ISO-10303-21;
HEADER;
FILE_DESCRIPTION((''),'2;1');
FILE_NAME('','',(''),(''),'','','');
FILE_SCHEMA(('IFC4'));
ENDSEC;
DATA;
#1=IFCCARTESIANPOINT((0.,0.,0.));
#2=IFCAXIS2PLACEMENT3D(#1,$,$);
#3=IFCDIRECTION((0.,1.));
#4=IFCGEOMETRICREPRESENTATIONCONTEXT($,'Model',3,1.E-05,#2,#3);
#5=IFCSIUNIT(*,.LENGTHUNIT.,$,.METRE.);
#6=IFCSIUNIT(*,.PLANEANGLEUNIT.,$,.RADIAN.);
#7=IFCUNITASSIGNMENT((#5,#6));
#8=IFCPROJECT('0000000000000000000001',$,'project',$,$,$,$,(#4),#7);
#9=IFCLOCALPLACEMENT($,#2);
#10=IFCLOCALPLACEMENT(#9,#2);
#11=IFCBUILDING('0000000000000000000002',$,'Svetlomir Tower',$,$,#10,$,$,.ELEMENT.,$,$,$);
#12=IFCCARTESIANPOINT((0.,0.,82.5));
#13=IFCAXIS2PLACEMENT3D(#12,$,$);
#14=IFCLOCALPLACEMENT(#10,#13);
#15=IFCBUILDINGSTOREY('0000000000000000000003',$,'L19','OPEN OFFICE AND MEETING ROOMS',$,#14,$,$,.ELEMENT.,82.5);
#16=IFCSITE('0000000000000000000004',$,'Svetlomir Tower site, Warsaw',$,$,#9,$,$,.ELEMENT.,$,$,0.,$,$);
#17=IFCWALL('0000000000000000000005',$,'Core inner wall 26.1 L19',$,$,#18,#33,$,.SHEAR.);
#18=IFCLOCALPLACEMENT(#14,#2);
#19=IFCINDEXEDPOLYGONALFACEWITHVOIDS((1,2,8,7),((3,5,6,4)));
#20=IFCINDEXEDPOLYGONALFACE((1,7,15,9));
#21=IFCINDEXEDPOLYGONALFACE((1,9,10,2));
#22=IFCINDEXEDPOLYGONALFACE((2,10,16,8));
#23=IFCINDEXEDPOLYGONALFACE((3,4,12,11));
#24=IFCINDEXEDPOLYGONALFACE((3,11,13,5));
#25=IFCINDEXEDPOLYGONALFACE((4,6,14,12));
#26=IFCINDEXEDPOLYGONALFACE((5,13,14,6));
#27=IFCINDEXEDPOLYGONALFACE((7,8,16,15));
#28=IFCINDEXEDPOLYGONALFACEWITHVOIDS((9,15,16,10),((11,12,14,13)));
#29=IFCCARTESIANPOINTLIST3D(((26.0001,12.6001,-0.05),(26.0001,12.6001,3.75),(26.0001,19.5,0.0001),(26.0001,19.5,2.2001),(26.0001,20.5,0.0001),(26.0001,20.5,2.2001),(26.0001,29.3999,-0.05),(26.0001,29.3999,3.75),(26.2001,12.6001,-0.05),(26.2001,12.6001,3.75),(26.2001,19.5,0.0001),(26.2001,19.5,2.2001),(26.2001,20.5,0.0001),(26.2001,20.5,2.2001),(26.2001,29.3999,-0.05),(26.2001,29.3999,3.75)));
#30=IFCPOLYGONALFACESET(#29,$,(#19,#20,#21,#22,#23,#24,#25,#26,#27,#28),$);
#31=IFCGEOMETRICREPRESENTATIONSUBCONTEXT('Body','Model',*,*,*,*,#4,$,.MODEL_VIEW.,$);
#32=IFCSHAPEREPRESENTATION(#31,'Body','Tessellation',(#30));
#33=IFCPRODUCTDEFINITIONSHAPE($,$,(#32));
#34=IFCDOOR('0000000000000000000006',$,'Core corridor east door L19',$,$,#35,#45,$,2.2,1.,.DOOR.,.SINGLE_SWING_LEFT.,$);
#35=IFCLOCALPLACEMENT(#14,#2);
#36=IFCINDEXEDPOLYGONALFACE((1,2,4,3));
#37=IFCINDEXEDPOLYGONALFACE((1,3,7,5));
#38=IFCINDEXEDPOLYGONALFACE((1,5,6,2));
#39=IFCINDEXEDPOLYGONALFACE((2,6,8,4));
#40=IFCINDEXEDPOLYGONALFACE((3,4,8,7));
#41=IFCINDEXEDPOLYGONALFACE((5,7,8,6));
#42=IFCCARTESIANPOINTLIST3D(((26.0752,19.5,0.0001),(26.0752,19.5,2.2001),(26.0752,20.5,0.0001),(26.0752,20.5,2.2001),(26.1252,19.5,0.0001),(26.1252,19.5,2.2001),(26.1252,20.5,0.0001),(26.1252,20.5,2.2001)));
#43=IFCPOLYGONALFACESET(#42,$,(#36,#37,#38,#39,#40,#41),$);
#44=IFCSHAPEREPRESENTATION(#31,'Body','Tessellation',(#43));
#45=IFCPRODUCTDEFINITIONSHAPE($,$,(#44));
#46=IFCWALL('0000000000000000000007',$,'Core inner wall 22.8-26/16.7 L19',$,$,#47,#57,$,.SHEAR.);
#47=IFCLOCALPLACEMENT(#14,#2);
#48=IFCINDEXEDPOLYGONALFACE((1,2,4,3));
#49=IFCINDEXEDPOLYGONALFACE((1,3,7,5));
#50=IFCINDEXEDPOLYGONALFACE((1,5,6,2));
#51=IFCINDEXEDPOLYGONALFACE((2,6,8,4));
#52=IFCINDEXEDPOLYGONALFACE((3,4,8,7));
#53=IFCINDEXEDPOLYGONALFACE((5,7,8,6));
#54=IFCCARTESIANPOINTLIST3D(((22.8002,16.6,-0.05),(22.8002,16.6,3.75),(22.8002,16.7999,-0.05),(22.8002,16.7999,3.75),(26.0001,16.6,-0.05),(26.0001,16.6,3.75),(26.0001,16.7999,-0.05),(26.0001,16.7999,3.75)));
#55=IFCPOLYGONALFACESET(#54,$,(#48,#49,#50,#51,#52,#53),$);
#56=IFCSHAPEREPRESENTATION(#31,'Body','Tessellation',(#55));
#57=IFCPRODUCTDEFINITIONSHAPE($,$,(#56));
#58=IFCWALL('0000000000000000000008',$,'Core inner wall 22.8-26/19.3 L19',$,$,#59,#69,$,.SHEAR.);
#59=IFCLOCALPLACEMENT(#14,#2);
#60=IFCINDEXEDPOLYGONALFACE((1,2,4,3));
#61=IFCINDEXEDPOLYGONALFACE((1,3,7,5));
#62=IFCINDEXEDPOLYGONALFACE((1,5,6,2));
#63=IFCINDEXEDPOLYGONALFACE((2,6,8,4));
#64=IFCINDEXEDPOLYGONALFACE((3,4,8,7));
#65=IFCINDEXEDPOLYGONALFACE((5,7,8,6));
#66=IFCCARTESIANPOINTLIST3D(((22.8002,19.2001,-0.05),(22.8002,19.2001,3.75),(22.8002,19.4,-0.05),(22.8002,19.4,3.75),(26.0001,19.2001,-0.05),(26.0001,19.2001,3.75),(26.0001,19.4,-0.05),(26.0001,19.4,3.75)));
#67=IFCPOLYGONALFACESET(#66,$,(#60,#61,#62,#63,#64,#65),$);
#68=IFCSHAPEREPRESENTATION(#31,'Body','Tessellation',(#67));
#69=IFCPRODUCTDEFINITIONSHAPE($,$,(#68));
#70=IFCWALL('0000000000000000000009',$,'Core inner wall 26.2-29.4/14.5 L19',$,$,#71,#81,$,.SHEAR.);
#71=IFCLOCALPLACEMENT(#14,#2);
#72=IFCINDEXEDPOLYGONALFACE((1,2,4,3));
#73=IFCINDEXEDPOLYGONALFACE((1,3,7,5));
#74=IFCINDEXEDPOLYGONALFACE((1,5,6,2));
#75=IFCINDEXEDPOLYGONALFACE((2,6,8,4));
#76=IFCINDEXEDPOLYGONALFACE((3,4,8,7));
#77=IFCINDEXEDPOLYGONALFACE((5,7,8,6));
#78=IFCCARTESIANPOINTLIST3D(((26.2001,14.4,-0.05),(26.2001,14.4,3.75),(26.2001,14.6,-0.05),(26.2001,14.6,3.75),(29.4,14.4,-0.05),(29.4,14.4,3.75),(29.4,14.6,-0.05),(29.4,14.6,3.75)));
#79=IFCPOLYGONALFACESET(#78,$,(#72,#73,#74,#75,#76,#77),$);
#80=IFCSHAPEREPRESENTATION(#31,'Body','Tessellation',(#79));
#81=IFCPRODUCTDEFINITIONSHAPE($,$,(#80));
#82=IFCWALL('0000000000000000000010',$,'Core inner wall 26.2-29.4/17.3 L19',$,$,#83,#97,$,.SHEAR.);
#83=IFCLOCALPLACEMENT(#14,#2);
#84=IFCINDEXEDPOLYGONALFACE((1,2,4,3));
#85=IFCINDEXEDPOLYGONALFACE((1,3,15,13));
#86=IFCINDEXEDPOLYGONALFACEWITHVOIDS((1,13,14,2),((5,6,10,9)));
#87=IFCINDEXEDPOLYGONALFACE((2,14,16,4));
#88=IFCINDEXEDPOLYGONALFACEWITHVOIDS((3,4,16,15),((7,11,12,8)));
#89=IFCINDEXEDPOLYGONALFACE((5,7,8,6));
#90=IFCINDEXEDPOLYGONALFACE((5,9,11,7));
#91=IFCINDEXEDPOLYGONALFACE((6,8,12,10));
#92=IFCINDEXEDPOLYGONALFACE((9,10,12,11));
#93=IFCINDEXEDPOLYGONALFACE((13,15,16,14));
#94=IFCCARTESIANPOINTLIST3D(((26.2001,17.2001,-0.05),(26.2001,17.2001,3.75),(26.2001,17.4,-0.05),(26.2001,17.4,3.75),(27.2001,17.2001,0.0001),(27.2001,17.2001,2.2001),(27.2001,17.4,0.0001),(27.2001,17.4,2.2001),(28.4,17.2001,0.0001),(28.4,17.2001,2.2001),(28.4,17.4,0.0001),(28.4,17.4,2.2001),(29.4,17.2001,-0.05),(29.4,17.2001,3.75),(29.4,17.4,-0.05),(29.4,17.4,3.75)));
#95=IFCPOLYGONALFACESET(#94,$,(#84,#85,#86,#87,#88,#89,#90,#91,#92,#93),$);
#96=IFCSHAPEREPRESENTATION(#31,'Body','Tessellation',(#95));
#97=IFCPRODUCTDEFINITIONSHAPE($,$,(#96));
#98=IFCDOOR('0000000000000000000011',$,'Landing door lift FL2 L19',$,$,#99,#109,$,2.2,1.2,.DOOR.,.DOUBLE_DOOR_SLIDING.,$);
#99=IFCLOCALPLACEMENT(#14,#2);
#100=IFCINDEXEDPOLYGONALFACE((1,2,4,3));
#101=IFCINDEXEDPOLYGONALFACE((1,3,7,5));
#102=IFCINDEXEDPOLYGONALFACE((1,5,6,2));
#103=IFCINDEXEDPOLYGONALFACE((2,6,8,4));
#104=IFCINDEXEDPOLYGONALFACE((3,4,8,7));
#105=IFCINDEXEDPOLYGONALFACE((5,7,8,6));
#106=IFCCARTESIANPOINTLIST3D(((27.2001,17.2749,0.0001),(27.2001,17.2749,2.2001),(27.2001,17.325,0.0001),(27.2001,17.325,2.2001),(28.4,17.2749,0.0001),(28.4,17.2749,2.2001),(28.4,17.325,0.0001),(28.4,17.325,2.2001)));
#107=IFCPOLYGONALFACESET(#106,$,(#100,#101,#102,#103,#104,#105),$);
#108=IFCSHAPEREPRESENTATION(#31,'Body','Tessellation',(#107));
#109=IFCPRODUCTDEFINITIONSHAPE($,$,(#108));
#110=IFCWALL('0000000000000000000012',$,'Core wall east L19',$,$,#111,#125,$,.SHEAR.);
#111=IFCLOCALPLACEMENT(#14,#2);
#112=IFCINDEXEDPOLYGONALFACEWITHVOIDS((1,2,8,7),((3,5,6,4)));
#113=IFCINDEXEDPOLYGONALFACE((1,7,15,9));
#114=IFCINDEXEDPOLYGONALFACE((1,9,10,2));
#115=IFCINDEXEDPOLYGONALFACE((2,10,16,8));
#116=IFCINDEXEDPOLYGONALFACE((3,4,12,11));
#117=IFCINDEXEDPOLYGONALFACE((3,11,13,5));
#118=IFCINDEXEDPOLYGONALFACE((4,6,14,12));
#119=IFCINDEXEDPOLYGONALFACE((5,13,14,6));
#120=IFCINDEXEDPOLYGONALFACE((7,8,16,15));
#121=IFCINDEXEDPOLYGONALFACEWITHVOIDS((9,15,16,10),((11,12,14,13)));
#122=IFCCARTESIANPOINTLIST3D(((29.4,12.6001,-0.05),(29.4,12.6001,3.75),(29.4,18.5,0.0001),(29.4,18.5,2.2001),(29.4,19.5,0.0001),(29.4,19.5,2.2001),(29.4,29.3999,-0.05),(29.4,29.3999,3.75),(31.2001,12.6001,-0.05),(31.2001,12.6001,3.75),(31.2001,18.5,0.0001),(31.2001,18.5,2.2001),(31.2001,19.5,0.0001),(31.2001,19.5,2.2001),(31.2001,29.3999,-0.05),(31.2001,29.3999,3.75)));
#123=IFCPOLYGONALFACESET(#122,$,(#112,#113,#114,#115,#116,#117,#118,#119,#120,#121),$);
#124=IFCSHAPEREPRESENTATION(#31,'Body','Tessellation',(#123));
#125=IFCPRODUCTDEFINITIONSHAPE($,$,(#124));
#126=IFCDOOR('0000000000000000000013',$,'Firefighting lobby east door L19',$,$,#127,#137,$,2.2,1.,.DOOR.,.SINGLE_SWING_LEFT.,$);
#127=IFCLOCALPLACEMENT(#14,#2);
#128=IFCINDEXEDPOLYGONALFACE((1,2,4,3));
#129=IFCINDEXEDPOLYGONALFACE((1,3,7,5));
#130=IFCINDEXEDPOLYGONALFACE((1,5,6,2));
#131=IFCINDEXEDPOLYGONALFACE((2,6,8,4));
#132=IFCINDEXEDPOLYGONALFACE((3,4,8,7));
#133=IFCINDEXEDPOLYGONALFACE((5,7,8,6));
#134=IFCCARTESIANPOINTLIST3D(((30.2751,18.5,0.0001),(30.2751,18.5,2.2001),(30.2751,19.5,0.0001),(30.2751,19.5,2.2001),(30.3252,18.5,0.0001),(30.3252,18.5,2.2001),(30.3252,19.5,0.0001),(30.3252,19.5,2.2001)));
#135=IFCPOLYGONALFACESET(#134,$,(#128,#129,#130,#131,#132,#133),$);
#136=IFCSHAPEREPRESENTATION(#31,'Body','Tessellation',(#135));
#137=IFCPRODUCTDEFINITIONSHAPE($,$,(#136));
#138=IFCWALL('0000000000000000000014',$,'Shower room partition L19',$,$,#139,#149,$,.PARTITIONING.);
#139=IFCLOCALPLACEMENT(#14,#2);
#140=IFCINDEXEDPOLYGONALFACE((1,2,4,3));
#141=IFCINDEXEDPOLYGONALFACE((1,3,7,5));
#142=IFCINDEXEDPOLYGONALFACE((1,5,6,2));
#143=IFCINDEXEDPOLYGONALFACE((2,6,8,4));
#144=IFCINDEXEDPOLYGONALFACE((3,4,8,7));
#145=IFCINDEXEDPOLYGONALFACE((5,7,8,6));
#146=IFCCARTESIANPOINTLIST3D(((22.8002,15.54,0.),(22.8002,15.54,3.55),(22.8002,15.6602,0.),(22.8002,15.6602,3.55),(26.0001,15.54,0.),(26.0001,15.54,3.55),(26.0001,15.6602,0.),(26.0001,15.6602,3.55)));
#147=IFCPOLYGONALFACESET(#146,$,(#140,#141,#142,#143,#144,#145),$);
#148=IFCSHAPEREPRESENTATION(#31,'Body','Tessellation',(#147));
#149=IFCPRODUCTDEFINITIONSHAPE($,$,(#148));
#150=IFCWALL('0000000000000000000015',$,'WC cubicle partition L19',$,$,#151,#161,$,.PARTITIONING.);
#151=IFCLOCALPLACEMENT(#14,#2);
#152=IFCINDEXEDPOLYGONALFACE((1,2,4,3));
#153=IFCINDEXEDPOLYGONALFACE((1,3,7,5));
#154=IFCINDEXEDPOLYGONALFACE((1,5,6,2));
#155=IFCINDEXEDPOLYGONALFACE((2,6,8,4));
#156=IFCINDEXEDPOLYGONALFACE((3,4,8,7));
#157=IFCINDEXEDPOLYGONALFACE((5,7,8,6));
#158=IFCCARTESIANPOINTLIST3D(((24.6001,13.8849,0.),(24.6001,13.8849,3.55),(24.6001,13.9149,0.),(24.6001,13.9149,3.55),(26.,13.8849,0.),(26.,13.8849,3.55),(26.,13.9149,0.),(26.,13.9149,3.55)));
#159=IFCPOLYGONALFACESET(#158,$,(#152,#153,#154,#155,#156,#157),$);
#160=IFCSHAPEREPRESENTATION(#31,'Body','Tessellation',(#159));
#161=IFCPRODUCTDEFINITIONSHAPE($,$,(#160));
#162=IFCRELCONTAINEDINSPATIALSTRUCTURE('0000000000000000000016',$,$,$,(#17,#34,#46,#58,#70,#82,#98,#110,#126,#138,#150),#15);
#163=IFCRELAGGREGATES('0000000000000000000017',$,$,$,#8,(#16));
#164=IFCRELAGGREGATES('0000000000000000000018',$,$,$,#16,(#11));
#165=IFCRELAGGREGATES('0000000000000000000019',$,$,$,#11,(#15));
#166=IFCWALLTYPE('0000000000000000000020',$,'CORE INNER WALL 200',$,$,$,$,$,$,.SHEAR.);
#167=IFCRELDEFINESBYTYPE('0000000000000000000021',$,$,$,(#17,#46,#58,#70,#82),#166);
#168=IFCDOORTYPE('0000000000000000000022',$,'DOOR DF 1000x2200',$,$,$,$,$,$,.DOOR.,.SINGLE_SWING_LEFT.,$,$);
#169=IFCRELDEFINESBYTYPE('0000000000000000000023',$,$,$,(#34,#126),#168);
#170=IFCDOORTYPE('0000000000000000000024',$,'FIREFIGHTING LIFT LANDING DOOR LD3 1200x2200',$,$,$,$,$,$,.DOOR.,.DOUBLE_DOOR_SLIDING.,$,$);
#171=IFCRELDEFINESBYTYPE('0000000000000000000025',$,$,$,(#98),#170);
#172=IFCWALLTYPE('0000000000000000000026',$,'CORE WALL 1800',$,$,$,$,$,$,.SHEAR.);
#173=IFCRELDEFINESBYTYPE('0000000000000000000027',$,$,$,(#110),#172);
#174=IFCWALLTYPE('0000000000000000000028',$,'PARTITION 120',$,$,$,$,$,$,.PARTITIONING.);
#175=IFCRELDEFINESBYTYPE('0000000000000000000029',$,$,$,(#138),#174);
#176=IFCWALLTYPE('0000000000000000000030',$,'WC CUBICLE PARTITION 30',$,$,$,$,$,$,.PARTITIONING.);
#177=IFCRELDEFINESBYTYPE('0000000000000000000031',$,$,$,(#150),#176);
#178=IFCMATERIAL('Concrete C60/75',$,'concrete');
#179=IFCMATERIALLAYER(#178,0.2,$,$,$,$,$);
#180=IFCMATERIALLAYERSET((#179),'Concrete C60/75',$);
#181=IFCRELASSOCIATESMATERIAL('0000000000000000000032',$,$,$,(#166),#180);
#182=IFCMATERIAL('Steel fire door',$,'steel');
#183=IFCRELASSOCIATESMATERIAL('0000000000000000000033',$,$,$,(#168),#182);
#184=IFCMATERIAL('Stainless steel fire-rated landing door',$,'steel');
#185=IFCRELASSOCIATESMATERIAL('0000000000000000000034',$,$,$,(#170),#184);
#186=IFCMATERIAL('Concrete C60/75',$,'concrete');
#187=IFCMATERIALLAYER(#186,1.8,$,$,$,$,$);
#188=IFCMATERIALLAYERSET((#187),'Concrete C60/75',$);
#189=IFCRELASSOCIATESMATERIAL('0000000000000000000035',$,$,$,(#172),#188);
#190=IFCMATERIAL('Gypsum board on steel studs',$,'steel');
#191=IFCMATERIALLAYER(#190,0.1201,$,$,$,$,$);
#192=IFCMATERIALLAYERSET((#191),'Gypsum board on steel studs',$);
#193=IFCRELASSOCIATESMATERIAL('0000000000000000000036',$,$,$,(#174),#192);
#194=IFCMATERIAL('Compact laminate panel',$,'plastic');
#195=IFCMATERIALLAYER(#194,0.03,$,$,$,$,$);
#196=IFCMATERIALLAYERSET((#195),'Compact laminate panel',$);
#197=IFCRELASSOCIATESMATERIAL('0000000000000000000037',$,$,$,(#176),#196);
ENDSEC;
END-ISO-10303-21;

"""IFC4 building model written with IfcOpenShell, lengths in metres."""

from ifc_helpers import new_model, si_unit, direction, frame, frame_2d, origin, place, context, subcontext, project, spatial, rectangle, extrude, material, layer, layer_set, type_object, element, fill, save


model = new_model("IFC4")

# Units and contexts
model_context = context("Model", 3, precision=1e-05, world=origin(), true_north=direction((0.0, 1.0)))
body_context = subcontext(model_context, "Body", "Model", "MODEL_VIEW")
ifc_project = project(units=[si_unit("LENGTHUNIT", "METRE"), si_unit("PLANEANGLEUNIT", "RADIAN")], contexts=[model_context])

# Site, building, storey
site_placement = place(None, origin())
site = spatial("IfcSite", under=ifc_project, at=site_placement, Name="Svetlomir Tower site, Warsaw", CompositionType="ELEMENT", RefElevation=0.0)
building_placement = place(site_placement, origin())
building = spatial("IfcBuilding", under=site, at=building_placement, Name="Svetlomir Tower", CompositionType="ELEMENT")
storey_placement = place(building_placement, frame((0.0, 0.0, 82.5)))
storey = spatial("IfcBuildingStorey", under=building, at=storey_placement, Name="L19", Description="OPEN OFFICE AND MEETING ROOMS", CompositionType="ELEMENT", Elevation=82.5)

# Wall, opening, door
ifc_material_1 = material(Name="Concrete C60/75", Category="concrete")
ifc_layer_1 = layer(ifc_material_1, 0.2)
ifc_layer_set_1 = layer_set([ifc_layer_1], Name="Concrete C60/75")
wall_type_1 = type_object("IfcWallType", Name="CORE INNER WALL 200", PredefinedType="SHEAR", material=ifc_layer_set_1)
wall_1_placement = place(storey_placement, frame((26.1001, 12.6001, -0.05), z_axis=(0.0, 0.0, 1.0), x_axis=(0.0, 1.0, 0.0)))
wall_1 = element("IfcWall", 1, at=wall_1_placement, inside=storey, type_object=wall_type_1, Name="Core inner wall 26.1 L19", PredefinedType="SHEAR", context=body_context, shape_type="SweptSolid", body=[
    extrude(rectangle(XDim=16.7998, YDim=0.2, at=frame_2d((8.3999, 0.0))), origin(), (0.0, 0.0, 1.0), 3.8),
])
opening_1_placement = place(wall_1_placement, frame((6.8999, 0.0, 0.05)))
opening_1 = element("IfcOpeningElement", 2, at=opening_1_placement, cuts=wall_1, PredefinedType="OPENING", context=body_context, shape_type="SweptSolid", body=[
    extrude(rectangle(XDim=1.0, YDim=2.2, at=frame_2d((0.5, 1.1001))), frame((0.0, 0.1099, 0.0), z_axis=(0.0, -1.0, 0.0), x_axis=(1.0, 0.0, 0.0)), (0.0, 0.0, 1.0), 0.22),
])
ifc_material_2 = material(Name="Steel fire door", Category="steel")
door_type_1 = type_object("IfcDoorType", Name="DOOR DF 1000x2200", OperationType="SINGLE_SWING_LEFT", PredefinedType="DOOR", material=ifc_material_2)
door_1_placement = place(opening_1_placement, origin())
door_1 = element("IfcDoor", 3, at=door_1_placement, inside=storey, type_object=door_type_1, Name="Core corridor east door L19", OperationType="SINGLE_SWING_LEFT", OverallHeight=2.2, OverallWidth=1.0, PredefinedType="DOOR", context=body_context, shape_type="SweptSolid", body=[
    extrude(rectangle(XDim=1.0, YDim=2.2, at=frame_2d((0.5, 1.1001))), frame((0.0, 0.0249, 0.0), z_axis=(0.0, -1.0, 0.0), x_axis=(1.0, 0.0, 0.0)), (0.0, 0.0, 1.0), 0.05),
])
fill(opening_1, door_1)

# Walls
for number, where, z_axis, x_axis, name in (
    (4, (22.8, 16.7, -0.05), (0.0, 0.0, 1.0), (1.0, 0.0, 0.0), "Core inner wall 22.8-26/16.7 L19"),
    (5, (22.8, 19.3, -0.05), (0.0, 0.0, 1.0), (1.0, 0.0, 0.0), "Core inner wall 22.8-26/19.3 L19"),
    (6, (26.2, 14.5, -0.05), (0.0, 0.0, 1.0), (1.0, 0.0, 0.0), "Core inner wall 26.2-29.4/14.5 L19"),
):
    element("IfcWall", number, at=place(storey_placement, frame(where, z_axis=z_axis, x_axis=x_axis)), inside=storey, type_object=wall_type_1, Name=name, PredefinedType="SHEAR", context=body_context, shape_type="SweptSolid", body=[
        extrude(rectangle(XDim=3.2, YDim=0.2, at=frame_2d((1.6001, 0.0))), origin(), (0.0, 0.0, 1.0), 3.8),
    ])

# Walls, openings, doors
wall_2_placement = place(storey_placement, frame((26.2, 17.3, -0.05), z_axis=(0.0, 0.0, 1.0), x_axis=(1.0, 0.0, 0.0)))
wall_2 = element("IfcWall", 7, at=wall_2_placement, inside=storey, type_object=wall_type_1, Name="Core inner wall 26.2-29.4/17.3 L19", PredefinedType="SHEAR", context=body_context, shape_type="SweptSolid", body=[
    extrude(rectangle(XDim=3.2, YDim=0.2, at=frame_2d((1.6001, 0.0))), origin(), (0.0, 0.0, 1.0), 3.8),
])
opening_2_placement = place(wall_2_placement, frame((1.0, 0.0, 0.05)))
opening_2 = element("IfcOpeningElement", 8, at=opening_2_placement, cuts=wall_2, PredefinedType="OPENING", context=body_context, shape_type="SweptSolid", body=[
    extrude(rectangle(XDim=1.2, YDim=2.2, at=frame_2d((0.6001, 1.1001))), frame((0.0, 0.1099, 0.0), z_axis=(0.0, -1.0, 0.0), x_axis=(1.0, 0.0, 0.0)), (0.0, 0.0, 1.0), 0.22),
])
ifc_material_3 = material(Name="Stainless steel fire-rated landing door", Category="steel")
door_type_2 = type_object("IfcDoorType", Name="FIREFIGHTING LIFT LANDING DOOR LD3 1200x2200", OperationType="DOUBLE_DOOR_SLIDING", PredefinedType="DOOR", material=ifc_material_3)
door_2_placement = place(opening_2_placement, origin())
door_2 = element("IfcDoor", 9, at=door_2_placement, inside=storey, type_object=door_type_2, Name="Landing door lift FL2 L19", OperationType="DOUBLE_DOOR_SLIDING", OverallHeight=2.2, OverallWidth=1.2, PredefinedType="DOOR", context=body_context, shape_type="SweptSolid", body=[
    extrude(rectangle(XDim=1.2, YDim=2.2, at=frame_2d((0.6001, 1.1001))), frame((0.0, 0.0249, 0.0), z_axis=(0.0, -1.0, 0.0), x_axis=(1.0, 0.0, 0.0)), (0.0, 0.0, 1.0), 0.05),
])
fill(opening_2, door_2)
ifc_material_4 = material(Name="Concrete C60/75", Category="concrete")
ifc_layer_2 = layer(ifc_material_4, 1.8)
ifc_layer_set_2 = layer_set([ifc_layer_2], Name="Concrete C60/75")
wall_type_2 = type_object("IfcWallType", Name="CORE WALL 1800", PredefinedType="SHEAR", material=ifc_layer_set_2)
wall_3_placement = place(storey_placement, frame((30.3, 12.6001, -0.05), z_axis=(0.0, 0.0, 1.0), x_axis=(0.0, 1.0, 0.0)))
wall_3 = element("IfcWall", 10, at=wall_3_placement, inside=storey, type_object=wall_type_2, Name="Core wall east L19", PredefinedType="SHEAR", context=body_context, shape_type="SweptSolid", body=[
    extrude(rectangle(XDim=16.7998, YDim=1.8, at=frame_2d((8.3999, 0.0))), origin(), (0.0, 0.0, 1.0), 3.8),
])
opening_3_placement = place(wall_3_placement, frame((5.8999, 0.0, 0.05)))
opening_3 = element("IfcOpeningElement", 11, at=opening_3_placement, cuts=wall_3, PredefinedType="OPENING", context=body_context, shape_type="SweptSolid", body=[
    extrude(rectangle(XDim=1.0, YDim=2.2, at=frame_2d((0.5, 1.1001))), frame((0.0, 0.9102, 0.0), z_axis=(0.0, -1.0, 0.0), x_axis=(1.0, 0.0, 0.0)), (0.0, 0.0, 1.0), 1.8201),
])
door_3_placement = place(opening_3_placement, origin())
door_3 = element("IfcDoor", 12, at=door_3_placement, inside=storey, type_object=door_type_1, Name="Firefighting lobby east door L19", OperationType="SINGLE_SWING_LEFT", OverallHeight=2.2, OverallWidth=1.0, PredefinedType="DOOR", context=body_context, shape_type="SweptSolid", body=[
    extrude(rectangle(XDim=1.0, YDim=2.2, at=frame_2d((0.5, 1.1001))), frame((0.0, 0.0249, 0.0), z_axis=(0.0, -1.0, 0.0), x_axis=(1.0, 0.0, 0.0)), (0.0, 0.0, 1.0), 0.05),
])
fill(opening_3, door_3)

# Walls
ifc_material_5 = material(Name="Gypsum board on steel studs", Category="steel")
ifc_layer_3 = layer(ifc_material_5, 0.1201)
ifc_layer_set_3 = layer_set([ifc_layer_3], Name="Gypsum board on steel studs")
wall_type_3 = type_object("IfcWallType", Name="PARTITION 120", PredefinedType="PARTITIONING", material=ifc_layer_set_3)
wall_4_placement = place(storey_placement, frame((22.8, 15.6001, 0.0), z_axis=(0.0, 0.0, 1.0), x_axis=(1.0, 0.0, 0.0)))
element("IfcWall", 13, at=wall_4_placement, inside=storey, type_object=wall_type_3, Name="Shower room partition L19", PredefinedType="PARTITIONING", context=body_context, shape_type="SweptSolid", body=[
    extrude(rectangle(XDim=3.2, YDim=0.1201, at=frame_2d((1.6001, 0.0))), origin(), (0.0, 0.0, 1.0), 3.55),
])
ifc_material_6 = material(Name="Compact laminate panel", Category="plastic")
ifc_layer_4 = layer(ifc_material_6, 0.03)
ifc_layer_set_4 = layer_set([ifc_layer_4], Name="Compact laminate panel")
wall_type_4 = type_object("IfcWallType", Name="WC CUBICLE PARTITION 30", PredefinedType="PARTITIONING", material=ifc_layer_set_4)
wall_5_placement = place(storey_placement, frame((24.6001, 13.8999, 0.0), z_axis=(0.0, 0.0, 1.0), x_axis=(1.0, 0.0, 0.0)))
element("IfcWall", 14, at=wall_5_placement, inside=storey, type_object=wall_type_4, Name="WC cubicle partition L19", PredefinedType="PARTITIONING", context=body_context, shape_type="SweptSolid", body=[
    extrude(rectangle(XDim=1.3999, YDim=0.03, at=frame_2d((0.7, 0.0))), origin(), (0.0, 0.0, 1.0), 3.55),
])

save(model, "model.ifc")
